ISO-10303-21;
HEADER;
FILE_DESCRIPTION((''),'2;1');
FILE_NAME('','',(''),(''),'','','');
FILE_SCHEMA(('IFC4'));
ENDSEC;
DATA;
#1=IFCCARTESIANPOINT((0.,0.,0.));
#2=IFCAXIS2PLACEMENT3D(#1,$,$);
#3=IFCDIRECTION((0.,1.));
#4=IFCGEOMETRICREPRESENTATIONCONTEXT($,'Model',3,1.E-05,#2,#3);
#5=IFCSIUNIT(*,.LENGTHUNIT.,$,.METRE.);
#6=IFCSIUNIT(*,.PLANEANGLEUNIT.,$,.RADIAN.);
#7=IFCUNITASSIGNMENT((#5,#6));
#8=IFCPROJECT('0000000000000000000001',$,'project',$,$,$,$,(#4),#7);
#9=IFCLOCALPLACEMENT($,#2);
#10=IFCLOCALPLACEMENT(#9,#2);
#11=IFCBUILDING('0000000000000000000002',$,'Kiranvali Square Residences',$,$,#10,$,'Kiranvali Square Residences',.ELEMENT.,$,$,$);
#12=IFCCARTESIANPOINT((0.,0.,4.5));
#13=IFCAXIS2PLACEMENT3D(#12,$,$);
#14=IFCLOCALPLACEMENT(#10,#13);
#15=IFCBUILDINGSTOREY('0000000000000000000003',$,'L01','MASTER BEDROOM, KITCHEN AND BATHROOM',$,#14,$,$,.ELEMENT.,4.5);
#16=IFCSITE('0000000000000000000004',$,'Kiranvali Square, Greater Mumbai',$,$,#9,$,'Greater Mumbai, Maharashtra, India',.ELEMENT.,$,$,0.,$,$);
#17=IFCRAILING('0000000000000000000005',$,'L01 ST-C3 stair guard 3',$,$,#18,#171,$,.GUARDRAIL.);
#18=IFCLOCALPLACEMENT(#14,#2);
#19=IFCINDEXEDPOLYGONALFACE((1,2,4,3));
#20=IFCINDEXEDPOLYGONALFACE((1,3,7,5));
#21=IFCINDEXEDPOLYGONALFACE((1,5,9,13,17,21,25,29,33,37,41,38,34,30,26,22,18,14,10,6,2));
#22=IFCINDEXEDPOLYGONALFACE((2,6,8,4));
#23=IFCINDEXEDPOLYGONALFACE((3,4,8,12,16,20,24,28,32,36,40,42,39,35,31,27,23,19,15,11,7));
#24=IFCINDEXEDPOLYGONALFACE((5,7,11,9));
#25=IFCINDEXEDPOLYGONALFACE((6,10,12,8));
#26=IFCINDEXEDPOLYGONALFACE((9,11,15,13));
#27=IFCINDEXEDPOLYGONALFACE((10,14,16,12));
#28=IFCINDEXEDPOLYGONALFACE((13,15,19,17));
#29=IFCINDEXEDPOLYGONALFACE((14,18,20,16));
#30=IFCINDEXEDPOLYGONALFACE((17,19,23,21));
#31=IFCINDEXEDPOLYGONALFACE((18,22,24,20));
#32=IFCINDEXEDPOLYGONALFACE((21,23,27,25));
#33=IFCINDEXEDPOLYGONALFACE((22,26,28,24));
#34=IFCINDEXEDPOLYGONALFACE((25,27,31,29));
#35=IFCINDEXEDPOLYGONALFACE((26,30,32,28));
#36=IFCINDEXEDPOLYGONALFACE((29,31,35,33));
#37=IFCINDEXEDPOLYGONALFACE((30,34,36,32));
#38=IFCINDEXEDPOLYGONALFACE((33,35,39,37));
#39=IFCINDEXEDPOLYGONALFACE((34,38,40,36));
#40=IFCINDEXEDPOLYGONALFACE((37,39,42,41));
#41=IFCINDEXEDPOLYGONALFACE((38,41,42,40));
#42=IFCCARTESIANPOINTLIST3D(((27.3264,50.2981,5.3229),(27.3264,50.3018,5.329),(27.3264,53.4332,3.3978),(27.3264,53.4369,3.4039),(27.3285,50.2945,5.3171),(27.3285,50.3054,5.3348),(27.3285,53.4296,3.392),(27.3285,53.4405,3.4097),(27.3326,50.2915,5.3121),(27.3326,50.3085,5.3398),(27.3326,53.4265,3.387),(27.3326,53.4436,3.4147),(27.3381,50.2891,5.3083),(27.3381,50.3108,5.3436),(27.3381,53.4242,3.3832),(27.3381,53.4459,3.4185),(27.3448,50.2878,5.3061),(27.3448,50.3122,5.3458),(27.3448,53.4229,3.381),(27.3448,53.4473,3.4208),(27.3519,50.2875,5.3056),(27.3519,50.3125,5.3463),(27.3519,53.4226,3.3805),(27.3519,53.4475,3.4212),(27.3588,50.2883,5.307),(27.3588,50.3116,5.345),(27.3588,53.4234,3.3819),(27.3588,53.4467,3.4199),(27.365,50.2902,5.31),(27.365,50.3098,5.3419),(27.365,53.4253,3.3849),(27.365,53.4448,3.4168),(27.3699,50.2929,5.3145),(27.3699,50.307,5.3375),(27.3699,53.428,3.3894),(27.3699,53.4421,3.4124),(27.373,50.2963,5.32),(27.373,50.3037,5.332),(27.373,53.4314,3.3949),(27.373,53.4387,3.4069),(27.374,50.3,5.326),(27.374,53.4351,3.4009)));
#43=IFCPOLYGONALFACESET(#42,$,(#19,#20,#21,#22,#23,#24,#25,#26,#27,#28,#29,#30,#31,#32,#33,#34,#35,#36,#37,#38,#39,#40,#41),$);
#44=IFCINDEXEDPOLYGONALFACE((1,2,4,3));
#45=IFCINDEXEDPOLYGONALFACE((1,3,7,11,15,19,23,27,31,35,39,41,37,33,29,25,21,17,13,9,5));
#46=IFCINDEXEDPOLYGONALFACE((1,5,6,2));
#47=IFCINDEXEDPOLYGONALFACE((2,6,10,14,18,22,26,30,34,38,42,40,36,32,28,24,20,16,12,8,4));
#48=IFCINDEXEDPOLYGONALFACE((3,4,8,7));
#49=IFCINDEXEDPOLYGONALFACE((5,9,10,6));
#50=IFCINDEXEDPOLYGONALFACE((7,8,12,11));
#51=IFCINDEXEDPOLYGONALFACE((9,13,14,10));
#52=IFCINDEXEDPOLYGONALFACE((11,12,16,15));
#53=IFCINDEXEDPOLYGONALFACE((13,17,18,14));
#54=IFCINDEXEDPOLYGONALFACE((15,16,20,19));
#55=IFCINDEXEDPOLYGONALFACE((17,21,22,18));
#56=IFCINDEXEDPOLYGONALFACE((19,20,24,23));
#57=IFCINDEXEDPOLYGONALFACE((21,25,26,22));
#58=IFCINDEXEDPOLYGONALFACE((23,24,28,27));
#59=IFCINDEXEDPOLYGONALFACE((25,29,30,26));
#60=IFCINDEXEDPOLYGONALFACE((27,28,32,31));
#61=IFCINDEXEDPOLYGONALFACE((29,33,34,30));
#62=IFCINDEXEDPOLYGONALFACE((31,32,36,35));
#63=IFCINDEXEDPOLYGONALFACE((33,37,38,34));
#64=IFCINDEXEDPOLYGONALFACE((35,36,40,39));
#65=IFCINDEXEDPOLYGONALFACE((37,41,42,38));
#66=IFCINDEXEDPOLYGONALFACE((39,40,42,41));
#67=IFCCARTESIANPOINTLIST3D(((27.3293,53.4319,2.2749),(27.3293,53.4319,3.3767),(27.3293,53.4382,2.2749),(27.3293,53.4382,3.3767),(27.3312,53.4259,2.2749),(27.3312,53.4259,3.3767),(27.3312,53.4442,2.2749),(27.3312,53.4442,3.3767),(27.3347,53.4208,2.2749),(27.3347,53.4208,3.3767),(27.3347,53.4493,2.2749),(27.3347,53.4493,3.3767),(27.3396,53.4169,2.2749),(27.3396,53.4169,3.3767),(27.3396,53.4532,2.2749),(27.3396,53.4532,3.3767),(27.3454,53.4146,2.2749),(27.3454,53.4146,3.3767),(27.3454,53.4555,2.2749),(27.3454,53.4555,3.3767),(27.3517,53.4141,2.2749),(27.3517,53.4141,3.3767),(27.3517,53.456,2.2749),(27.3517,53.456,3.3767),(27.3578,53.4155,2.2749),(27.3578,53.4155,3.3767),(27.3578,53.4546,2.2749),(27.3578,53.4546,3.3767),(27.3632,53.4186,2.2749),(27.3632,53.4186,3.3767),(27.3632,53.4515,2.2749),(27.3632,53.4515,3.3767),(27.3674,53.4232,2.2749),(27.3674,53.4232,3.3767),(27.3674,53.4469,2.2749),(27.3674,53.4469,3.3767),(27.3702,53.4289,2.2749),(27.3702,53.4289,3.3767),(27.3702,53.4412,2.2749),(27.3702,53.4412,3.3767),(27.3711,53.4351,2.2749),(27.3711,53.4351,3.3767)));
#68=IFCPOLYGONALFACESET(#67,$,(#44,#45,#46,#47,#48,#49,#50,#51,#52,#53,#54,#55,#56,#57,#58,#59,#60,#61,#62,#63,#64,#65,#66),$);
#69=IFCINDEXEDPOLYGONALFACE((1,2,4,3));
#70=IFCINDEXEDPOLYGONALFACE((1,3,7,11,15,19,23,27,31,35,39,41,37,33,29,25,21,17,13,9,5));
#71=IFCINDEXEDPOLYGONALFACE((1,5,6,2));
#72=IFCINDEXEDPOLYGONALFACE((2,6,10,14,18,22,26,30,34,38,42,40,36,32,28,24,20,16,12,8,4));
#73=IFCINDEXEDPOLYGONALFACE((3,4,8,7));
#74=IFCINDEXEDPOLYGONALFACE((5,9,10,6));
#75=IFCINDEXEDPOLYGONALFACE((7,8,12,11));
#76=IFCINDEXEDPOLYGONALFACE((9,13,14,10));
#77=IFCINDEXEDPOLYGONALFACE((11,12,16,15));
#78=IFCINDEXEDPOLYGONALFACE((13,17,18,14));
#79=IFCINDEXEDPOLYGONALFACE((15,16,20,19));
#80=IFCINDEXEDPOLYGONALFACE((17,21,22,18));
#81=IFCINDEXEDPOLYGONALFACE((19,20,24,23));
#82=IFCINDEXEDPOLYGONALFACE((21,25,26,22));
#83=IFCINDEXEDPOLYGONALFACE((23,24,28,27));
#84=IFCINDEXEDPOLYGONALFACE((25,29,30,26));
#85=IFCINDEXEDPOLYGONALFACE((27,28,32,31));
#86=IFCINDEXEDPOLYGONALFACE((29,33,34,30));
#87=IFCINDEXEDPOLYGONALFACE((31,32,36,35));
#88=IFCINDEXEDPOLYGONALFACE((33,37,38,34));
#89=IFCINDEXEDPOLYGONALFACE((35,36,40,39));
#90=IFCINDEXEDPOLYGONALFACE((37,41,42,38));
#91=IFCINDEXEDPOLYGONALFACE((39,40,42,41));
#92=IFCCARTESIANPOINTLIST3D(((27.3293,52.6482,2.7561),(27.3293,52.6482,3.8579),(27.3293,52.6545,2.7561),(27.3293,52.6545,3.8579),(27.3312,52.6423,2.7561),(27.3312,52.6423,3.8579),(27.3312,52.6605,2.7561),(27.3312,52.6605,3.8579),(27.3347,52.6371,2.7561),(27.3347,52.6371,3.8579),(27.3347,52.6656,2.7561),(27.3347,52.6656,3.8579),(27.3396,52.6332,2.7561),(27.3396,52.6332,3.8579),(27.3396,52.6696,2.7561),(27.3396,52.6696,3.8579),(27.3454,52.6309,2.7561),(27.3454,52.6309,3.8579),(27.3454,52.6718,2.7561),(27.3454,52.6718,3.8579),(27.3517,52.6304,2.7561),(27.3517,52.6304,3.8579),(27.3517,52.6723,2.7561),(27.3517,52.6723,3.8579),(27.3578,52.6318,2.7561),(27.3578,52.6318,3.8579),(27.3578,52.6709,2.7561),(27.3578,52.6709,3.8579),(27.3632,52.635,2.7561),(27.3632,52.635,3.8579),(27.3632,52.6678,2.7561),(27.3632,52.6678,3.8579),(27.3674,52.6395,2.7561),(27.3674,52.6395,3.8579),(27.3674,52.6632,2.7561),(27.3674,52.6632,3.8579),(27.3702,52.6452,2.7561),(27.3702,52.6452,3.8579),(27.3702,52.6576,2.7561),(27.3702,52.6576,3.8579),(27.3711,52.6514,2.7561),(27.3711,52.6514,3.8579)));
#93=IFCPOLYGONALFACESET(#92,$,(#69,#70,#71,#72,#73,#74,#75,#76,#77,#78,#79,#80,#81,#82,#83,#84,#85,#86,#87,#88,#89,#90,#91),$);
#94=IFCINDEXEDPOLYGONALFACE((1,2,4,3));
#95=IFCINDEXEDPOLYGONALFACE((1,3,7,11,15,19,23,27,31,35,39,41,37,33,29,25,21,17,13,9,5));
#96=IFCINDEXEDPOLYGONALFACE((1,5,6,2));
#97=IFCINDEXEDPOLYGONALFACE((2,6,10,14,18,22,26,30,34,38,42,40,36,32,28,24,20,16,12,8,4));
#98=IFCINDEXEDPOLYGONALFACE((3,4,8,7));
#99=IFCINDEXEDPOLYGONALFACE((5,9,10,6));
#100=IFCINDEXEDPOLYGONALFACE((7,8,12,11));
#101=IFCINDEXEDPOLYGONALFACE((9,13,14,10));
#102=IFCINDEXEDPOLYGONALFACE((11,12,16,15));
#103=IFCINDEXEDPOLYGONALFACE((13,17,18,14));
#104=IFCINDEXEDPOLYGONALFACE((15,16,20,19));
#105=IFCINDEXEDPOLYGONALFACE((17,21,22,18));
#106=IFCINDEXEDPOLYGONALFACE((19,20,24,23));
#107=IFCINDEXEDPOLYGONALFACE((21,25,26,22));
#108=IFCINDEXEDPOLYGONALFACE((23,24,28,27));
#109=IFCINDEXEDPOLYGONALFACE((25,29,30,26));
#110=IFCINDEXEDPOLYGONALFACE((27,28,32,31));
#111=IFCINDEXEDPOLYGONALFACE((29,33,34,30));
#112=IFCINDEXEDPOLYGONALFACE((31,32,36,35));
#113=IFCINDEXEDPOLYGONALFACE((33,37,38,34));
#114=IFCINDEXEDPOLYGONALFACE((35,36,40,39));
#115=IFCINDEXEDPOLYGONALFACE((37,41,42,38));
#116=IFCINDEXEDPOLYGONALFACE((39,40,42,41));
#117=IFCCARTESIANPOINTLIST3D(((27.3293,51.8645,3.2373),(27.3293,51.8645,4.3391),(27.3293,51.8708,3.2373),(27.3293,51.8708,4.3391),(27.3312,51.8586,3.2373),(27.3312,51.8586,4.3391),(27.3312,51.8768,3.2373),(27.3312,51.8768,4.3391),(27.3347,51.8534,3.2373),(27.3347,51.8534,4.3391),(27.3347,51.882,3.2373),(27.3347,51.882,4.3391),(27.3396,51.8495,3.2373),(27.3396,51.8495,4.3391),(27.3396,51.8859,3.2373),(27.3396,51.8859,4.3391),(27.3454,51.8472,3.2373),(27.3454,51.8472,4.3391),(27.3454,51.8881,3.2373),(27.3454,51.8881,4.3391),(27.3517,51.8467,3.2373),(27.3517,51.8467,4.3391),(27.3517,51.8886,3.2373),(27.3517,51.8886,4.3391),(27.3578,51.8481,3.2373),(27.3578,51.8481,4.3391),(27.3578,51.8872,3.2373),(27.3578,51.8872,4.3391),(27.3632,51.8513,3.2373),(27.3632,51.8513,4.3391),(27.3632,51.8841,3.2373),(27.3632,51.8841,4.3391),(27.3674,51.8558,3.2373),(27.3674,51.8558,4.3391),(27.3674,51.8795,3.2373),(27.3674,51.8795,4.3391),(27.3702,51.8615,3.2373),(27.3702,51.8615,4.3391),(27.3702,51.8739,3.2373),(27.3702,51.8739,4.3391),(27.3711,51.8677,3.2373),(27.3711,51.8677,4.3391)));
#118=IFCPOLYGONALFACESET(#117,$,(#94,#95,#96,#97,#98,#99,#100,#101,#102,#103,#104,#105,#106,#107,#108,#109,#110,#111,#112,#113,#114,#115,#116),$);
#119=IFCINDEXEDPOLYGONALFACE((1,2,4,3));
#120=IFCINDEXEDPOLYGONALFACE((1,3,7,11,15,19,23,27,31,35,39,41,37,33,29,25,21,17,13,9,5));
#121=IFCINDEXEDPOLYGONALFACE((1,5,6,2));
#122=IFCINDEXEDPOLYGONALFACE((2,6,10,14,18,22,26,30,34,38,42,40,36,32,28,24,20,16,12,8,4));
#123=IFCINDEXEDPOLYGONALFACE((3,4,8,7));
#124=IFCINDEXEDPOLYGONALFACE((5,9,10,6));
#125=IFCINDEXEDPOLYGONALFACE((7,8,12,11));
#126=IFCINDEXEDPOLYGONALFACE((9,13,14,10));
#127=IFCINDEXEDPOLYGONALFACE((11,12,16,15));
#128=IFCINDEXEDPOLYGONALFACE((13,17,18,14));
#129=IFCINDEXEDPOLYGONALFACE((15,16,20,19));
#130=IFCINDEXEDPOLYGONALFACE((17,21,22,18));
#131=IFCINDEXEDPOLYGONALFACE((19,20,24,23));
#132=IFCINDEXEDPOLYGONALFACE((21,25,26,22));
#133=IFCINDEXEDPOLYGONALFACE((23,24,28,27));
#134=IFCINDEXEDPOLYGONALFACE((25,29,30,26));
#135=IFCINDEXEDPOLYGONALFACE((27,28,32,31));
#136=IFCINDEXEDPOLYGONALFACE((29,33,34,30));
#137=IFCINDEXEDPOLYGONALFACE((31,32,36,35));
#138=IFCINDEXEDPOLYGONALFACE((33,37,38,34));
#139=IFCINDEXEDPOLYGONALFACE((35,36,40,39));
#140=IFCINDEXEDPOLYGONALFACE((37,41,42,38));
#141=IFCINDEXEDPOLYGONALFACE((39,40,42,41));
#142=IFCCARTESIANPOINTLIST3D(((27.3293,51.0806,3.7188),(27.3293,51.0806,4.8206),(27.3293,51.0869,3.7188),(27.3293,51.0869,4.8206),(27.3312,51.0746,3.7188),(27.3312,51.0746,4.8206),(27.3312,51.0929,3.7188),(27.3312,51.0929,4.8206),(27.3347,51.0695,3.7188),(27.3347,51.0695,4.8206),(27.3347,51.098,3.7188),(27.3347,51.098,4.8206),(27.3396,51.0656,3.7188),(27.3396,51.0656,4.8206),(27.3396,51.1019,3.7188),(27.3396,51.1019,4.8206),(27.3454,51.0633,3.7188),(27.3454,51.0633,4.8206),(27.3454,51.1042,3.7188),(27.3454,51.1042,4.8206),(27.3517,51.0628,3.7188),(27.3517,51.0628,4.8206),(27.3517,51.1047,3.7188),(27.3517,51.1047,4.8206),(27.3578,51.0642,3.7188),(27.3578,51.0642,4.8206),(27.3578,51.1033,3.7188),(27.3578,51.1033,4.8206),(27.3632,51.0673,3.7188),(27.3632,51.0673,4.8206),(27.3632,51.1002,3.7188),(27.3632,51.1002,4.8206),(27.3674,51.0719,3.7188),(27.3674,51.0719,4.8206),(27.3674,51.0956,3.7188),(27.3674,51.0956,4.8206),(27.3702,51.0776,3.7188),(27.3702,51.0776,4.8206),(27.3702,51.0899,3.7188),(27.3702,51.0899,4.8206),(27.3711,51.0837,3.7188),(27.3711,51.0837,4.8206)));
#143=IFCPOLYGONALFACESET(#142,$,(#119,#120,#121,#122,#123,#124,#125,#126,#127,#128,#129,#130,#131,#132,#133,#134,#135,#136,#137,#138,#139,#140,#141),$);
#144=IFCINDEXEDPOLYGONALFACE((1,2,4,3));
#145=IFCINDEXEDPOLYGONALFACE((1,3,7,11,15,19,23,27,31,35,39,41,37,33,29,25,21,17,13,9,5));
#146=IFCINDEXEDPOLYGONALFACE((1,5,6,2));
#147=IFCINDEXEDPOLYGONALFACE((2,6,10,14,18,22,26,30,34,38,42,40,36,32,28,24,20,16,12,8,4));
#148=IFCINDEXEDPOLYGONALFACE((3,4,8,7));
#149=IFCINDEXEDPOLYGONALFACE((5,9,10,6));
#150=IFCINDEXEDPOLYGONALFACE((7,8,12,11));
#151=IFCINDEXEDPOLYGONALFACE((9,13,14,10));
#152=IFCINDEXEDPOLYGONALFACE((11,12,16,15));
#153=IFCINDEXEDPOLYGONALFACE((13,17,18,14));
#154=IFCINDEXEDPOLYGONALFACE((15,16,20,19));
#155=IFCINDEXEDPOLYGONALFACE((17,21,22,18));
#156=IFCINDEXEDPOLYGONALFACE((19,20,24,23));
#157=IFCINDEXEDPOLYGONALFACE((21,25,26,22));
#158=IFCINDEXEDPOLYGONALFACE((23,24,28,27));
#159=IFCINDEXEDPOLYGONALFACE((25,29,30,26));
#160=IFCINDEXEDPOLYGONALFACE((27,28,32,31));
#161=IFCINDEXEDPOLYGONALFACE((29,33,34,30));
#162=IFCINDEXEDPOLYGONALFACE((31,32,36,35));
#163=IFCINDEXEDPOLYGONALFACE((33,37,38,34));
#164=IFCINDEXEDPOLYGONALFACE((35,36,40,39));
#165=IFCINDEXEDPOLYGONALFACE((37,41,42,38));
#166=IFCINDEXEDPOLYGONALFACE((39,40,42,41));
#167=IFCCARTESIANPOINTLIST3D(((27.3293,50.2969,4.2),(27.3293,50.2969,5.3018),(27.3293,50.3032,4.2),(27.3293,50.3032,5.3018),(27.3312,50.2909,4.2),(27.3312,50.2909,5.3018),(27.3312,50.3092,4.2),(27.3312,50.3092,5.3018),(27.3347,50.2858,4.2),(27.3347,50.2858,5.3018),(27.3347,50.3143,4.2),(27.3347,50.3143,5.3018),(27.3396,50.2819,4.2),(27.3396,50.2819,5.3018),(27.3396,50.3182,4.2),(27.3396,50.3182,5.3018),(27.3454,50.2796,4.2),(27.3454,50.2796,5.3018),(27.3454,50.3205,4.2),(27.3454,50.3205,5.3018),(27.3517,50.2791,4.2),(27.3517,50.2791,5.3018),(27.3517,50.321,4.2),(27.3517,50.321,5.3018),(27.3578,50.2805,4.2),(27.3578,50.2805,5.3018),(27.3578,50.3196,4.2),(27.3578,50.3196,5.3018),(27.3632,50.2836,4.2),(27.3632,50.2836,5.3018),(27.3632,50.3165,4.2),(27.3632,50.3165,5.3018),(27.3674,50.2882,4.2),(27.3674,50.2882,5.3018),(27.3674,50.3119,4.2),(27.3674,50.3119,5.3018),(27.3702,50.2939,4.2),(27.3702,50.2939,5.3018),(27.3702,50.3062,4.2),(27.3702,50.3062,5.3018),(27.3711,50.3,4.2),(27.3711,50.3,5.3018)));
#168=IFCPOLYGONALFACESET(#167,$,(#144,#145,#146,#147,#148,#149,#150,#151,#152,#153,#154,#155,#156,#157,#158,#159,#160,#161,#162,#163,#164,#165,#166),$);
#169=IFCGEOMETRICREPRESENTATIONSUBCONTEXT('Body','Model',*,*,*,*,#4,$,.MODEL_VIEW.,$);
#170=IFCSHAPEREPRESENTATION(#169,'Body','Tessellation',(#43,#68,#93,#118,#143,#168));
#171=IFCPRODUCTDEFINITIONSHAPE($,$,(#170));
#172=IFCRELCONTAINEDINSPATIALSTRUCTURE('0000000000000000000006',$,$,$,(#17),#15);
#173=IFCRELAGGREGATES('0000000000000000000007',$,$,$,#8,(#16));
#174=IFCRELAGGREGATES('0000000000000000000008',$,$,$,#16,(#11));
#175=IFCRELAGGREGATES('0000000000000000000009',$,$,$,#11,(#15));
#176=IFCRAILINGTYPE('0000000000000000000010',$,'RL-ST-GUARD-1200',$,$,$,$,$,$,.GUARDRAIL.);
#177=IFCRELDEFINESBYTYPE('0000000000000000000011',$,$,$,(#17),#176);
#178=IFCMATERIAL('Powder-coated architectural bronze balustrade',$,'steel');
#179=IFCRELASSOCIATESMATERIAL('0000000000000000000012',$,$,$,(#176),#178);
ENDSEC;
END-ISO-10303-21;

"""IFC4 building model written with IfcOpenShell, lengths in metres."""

from ifc_helpers import new_model, si_unit, direction, frame, origin, origin_2d, place, context, subcontext, project, spatial, circle, extrude, material, type_object, element, save


model = new_model("IFC4")

# Units and contexts
model_context = context("Model", 3, precision=1e-05, world=origin(), true_north=direction((0.0, 1.0)))
body_context = subcontext(model_context, "Body", "Model", "MODEL_VIEW")
ifc_project = project(units=[si_unit("LENGTHUNIT", "METRE"), si_unit("PLANEANGLEUNIT", "RADIAN")], contexts=[model_context])

# Site, building, storey
site_placement = place(None, origin())
site = spatial("IfcSite", under=ifc_project, at=site_placement, Name="Kiranvali Square, Greater Mumbai", LongName="Greater Mumbai, Maharashtra, India", CompositionType="ELEMENT", RefElevation=0.0)
building_placement = place(site_placement, origin())
building = spatial("IfcBuilding", under=site, at=building_placement, Name="Kiranvali Square Residences", LongName="Kiranvali Square Residences", CompositionType="ELEMENT")
storey_placement = place(building_placement, frame((0.0, 0.0, 4.5)))
storey = spatial("IfcBuildingStorey", under=building, at=storey_placement, Name="L01", Description="MASTER BEDROOM, KITCHEN AND BATHROOM", CompositionType="ELEMENT", Elevation=4.5)

# Railing
ifc_material_1 = material(Name="Powder-coated architectural bronze balustrade", Category="steel")
railing_type_1 = type_object("IfcRailingType", Name="RL-ST-GUARD-1200", PredefinedType="GUARDRAIL", material=ifc_material_1)
railing_1_placement = place(storey_placement, frame((27.3501, 53.4351, 2.2749)))
element("IfcRailing", 1, at=railing_1_placement, inside=storey, type_object=railing_type_1, Name="L01 ST-C3 stair guard 3", PredefinedType="GUARDRAIL", context=body_context, shape_type="SweptSolid", body=[
    extrude(circle(Radius=0.0239, at=origin_2d()), frame((0.0, 0.0, 1.126), z_axis=(0.0, -0.852166, 0.523271), x_axis=(1.0, 0.0, 0.0)), (0.0, 0.0, 1.0), 3.679),
    extrude(circle(Radius=0.021, at=origin_2d()), origin(), (0.0, 0.0, 1.0), 1.1018),
    extrude(circle(Radius=0.021, at=origin_2d()), frame((0.0, -0.7837, 0.4812)), (0.0, 0.0, 1.0), 1.1018),
    extrude(circle(Radius=0.021, at=origin_2d()), frame((0.0, -1.5674, 0.9624)), (0.0, 0.0, 1.0), 1.1018),
    extrude(circle(Radius=0.021, at=origin_2d()), frame((0.0, -2.3513, 1.4438)), (0.0, 0.0, 1.0), 1.1018),
    extrude(circle(Radius=0.021, at=origin_2d()), frame((0.0, -3.135, 1.925)), (0.0, 0.0, 1.0), 1.1018),
])

save(model, "model.ifc")
